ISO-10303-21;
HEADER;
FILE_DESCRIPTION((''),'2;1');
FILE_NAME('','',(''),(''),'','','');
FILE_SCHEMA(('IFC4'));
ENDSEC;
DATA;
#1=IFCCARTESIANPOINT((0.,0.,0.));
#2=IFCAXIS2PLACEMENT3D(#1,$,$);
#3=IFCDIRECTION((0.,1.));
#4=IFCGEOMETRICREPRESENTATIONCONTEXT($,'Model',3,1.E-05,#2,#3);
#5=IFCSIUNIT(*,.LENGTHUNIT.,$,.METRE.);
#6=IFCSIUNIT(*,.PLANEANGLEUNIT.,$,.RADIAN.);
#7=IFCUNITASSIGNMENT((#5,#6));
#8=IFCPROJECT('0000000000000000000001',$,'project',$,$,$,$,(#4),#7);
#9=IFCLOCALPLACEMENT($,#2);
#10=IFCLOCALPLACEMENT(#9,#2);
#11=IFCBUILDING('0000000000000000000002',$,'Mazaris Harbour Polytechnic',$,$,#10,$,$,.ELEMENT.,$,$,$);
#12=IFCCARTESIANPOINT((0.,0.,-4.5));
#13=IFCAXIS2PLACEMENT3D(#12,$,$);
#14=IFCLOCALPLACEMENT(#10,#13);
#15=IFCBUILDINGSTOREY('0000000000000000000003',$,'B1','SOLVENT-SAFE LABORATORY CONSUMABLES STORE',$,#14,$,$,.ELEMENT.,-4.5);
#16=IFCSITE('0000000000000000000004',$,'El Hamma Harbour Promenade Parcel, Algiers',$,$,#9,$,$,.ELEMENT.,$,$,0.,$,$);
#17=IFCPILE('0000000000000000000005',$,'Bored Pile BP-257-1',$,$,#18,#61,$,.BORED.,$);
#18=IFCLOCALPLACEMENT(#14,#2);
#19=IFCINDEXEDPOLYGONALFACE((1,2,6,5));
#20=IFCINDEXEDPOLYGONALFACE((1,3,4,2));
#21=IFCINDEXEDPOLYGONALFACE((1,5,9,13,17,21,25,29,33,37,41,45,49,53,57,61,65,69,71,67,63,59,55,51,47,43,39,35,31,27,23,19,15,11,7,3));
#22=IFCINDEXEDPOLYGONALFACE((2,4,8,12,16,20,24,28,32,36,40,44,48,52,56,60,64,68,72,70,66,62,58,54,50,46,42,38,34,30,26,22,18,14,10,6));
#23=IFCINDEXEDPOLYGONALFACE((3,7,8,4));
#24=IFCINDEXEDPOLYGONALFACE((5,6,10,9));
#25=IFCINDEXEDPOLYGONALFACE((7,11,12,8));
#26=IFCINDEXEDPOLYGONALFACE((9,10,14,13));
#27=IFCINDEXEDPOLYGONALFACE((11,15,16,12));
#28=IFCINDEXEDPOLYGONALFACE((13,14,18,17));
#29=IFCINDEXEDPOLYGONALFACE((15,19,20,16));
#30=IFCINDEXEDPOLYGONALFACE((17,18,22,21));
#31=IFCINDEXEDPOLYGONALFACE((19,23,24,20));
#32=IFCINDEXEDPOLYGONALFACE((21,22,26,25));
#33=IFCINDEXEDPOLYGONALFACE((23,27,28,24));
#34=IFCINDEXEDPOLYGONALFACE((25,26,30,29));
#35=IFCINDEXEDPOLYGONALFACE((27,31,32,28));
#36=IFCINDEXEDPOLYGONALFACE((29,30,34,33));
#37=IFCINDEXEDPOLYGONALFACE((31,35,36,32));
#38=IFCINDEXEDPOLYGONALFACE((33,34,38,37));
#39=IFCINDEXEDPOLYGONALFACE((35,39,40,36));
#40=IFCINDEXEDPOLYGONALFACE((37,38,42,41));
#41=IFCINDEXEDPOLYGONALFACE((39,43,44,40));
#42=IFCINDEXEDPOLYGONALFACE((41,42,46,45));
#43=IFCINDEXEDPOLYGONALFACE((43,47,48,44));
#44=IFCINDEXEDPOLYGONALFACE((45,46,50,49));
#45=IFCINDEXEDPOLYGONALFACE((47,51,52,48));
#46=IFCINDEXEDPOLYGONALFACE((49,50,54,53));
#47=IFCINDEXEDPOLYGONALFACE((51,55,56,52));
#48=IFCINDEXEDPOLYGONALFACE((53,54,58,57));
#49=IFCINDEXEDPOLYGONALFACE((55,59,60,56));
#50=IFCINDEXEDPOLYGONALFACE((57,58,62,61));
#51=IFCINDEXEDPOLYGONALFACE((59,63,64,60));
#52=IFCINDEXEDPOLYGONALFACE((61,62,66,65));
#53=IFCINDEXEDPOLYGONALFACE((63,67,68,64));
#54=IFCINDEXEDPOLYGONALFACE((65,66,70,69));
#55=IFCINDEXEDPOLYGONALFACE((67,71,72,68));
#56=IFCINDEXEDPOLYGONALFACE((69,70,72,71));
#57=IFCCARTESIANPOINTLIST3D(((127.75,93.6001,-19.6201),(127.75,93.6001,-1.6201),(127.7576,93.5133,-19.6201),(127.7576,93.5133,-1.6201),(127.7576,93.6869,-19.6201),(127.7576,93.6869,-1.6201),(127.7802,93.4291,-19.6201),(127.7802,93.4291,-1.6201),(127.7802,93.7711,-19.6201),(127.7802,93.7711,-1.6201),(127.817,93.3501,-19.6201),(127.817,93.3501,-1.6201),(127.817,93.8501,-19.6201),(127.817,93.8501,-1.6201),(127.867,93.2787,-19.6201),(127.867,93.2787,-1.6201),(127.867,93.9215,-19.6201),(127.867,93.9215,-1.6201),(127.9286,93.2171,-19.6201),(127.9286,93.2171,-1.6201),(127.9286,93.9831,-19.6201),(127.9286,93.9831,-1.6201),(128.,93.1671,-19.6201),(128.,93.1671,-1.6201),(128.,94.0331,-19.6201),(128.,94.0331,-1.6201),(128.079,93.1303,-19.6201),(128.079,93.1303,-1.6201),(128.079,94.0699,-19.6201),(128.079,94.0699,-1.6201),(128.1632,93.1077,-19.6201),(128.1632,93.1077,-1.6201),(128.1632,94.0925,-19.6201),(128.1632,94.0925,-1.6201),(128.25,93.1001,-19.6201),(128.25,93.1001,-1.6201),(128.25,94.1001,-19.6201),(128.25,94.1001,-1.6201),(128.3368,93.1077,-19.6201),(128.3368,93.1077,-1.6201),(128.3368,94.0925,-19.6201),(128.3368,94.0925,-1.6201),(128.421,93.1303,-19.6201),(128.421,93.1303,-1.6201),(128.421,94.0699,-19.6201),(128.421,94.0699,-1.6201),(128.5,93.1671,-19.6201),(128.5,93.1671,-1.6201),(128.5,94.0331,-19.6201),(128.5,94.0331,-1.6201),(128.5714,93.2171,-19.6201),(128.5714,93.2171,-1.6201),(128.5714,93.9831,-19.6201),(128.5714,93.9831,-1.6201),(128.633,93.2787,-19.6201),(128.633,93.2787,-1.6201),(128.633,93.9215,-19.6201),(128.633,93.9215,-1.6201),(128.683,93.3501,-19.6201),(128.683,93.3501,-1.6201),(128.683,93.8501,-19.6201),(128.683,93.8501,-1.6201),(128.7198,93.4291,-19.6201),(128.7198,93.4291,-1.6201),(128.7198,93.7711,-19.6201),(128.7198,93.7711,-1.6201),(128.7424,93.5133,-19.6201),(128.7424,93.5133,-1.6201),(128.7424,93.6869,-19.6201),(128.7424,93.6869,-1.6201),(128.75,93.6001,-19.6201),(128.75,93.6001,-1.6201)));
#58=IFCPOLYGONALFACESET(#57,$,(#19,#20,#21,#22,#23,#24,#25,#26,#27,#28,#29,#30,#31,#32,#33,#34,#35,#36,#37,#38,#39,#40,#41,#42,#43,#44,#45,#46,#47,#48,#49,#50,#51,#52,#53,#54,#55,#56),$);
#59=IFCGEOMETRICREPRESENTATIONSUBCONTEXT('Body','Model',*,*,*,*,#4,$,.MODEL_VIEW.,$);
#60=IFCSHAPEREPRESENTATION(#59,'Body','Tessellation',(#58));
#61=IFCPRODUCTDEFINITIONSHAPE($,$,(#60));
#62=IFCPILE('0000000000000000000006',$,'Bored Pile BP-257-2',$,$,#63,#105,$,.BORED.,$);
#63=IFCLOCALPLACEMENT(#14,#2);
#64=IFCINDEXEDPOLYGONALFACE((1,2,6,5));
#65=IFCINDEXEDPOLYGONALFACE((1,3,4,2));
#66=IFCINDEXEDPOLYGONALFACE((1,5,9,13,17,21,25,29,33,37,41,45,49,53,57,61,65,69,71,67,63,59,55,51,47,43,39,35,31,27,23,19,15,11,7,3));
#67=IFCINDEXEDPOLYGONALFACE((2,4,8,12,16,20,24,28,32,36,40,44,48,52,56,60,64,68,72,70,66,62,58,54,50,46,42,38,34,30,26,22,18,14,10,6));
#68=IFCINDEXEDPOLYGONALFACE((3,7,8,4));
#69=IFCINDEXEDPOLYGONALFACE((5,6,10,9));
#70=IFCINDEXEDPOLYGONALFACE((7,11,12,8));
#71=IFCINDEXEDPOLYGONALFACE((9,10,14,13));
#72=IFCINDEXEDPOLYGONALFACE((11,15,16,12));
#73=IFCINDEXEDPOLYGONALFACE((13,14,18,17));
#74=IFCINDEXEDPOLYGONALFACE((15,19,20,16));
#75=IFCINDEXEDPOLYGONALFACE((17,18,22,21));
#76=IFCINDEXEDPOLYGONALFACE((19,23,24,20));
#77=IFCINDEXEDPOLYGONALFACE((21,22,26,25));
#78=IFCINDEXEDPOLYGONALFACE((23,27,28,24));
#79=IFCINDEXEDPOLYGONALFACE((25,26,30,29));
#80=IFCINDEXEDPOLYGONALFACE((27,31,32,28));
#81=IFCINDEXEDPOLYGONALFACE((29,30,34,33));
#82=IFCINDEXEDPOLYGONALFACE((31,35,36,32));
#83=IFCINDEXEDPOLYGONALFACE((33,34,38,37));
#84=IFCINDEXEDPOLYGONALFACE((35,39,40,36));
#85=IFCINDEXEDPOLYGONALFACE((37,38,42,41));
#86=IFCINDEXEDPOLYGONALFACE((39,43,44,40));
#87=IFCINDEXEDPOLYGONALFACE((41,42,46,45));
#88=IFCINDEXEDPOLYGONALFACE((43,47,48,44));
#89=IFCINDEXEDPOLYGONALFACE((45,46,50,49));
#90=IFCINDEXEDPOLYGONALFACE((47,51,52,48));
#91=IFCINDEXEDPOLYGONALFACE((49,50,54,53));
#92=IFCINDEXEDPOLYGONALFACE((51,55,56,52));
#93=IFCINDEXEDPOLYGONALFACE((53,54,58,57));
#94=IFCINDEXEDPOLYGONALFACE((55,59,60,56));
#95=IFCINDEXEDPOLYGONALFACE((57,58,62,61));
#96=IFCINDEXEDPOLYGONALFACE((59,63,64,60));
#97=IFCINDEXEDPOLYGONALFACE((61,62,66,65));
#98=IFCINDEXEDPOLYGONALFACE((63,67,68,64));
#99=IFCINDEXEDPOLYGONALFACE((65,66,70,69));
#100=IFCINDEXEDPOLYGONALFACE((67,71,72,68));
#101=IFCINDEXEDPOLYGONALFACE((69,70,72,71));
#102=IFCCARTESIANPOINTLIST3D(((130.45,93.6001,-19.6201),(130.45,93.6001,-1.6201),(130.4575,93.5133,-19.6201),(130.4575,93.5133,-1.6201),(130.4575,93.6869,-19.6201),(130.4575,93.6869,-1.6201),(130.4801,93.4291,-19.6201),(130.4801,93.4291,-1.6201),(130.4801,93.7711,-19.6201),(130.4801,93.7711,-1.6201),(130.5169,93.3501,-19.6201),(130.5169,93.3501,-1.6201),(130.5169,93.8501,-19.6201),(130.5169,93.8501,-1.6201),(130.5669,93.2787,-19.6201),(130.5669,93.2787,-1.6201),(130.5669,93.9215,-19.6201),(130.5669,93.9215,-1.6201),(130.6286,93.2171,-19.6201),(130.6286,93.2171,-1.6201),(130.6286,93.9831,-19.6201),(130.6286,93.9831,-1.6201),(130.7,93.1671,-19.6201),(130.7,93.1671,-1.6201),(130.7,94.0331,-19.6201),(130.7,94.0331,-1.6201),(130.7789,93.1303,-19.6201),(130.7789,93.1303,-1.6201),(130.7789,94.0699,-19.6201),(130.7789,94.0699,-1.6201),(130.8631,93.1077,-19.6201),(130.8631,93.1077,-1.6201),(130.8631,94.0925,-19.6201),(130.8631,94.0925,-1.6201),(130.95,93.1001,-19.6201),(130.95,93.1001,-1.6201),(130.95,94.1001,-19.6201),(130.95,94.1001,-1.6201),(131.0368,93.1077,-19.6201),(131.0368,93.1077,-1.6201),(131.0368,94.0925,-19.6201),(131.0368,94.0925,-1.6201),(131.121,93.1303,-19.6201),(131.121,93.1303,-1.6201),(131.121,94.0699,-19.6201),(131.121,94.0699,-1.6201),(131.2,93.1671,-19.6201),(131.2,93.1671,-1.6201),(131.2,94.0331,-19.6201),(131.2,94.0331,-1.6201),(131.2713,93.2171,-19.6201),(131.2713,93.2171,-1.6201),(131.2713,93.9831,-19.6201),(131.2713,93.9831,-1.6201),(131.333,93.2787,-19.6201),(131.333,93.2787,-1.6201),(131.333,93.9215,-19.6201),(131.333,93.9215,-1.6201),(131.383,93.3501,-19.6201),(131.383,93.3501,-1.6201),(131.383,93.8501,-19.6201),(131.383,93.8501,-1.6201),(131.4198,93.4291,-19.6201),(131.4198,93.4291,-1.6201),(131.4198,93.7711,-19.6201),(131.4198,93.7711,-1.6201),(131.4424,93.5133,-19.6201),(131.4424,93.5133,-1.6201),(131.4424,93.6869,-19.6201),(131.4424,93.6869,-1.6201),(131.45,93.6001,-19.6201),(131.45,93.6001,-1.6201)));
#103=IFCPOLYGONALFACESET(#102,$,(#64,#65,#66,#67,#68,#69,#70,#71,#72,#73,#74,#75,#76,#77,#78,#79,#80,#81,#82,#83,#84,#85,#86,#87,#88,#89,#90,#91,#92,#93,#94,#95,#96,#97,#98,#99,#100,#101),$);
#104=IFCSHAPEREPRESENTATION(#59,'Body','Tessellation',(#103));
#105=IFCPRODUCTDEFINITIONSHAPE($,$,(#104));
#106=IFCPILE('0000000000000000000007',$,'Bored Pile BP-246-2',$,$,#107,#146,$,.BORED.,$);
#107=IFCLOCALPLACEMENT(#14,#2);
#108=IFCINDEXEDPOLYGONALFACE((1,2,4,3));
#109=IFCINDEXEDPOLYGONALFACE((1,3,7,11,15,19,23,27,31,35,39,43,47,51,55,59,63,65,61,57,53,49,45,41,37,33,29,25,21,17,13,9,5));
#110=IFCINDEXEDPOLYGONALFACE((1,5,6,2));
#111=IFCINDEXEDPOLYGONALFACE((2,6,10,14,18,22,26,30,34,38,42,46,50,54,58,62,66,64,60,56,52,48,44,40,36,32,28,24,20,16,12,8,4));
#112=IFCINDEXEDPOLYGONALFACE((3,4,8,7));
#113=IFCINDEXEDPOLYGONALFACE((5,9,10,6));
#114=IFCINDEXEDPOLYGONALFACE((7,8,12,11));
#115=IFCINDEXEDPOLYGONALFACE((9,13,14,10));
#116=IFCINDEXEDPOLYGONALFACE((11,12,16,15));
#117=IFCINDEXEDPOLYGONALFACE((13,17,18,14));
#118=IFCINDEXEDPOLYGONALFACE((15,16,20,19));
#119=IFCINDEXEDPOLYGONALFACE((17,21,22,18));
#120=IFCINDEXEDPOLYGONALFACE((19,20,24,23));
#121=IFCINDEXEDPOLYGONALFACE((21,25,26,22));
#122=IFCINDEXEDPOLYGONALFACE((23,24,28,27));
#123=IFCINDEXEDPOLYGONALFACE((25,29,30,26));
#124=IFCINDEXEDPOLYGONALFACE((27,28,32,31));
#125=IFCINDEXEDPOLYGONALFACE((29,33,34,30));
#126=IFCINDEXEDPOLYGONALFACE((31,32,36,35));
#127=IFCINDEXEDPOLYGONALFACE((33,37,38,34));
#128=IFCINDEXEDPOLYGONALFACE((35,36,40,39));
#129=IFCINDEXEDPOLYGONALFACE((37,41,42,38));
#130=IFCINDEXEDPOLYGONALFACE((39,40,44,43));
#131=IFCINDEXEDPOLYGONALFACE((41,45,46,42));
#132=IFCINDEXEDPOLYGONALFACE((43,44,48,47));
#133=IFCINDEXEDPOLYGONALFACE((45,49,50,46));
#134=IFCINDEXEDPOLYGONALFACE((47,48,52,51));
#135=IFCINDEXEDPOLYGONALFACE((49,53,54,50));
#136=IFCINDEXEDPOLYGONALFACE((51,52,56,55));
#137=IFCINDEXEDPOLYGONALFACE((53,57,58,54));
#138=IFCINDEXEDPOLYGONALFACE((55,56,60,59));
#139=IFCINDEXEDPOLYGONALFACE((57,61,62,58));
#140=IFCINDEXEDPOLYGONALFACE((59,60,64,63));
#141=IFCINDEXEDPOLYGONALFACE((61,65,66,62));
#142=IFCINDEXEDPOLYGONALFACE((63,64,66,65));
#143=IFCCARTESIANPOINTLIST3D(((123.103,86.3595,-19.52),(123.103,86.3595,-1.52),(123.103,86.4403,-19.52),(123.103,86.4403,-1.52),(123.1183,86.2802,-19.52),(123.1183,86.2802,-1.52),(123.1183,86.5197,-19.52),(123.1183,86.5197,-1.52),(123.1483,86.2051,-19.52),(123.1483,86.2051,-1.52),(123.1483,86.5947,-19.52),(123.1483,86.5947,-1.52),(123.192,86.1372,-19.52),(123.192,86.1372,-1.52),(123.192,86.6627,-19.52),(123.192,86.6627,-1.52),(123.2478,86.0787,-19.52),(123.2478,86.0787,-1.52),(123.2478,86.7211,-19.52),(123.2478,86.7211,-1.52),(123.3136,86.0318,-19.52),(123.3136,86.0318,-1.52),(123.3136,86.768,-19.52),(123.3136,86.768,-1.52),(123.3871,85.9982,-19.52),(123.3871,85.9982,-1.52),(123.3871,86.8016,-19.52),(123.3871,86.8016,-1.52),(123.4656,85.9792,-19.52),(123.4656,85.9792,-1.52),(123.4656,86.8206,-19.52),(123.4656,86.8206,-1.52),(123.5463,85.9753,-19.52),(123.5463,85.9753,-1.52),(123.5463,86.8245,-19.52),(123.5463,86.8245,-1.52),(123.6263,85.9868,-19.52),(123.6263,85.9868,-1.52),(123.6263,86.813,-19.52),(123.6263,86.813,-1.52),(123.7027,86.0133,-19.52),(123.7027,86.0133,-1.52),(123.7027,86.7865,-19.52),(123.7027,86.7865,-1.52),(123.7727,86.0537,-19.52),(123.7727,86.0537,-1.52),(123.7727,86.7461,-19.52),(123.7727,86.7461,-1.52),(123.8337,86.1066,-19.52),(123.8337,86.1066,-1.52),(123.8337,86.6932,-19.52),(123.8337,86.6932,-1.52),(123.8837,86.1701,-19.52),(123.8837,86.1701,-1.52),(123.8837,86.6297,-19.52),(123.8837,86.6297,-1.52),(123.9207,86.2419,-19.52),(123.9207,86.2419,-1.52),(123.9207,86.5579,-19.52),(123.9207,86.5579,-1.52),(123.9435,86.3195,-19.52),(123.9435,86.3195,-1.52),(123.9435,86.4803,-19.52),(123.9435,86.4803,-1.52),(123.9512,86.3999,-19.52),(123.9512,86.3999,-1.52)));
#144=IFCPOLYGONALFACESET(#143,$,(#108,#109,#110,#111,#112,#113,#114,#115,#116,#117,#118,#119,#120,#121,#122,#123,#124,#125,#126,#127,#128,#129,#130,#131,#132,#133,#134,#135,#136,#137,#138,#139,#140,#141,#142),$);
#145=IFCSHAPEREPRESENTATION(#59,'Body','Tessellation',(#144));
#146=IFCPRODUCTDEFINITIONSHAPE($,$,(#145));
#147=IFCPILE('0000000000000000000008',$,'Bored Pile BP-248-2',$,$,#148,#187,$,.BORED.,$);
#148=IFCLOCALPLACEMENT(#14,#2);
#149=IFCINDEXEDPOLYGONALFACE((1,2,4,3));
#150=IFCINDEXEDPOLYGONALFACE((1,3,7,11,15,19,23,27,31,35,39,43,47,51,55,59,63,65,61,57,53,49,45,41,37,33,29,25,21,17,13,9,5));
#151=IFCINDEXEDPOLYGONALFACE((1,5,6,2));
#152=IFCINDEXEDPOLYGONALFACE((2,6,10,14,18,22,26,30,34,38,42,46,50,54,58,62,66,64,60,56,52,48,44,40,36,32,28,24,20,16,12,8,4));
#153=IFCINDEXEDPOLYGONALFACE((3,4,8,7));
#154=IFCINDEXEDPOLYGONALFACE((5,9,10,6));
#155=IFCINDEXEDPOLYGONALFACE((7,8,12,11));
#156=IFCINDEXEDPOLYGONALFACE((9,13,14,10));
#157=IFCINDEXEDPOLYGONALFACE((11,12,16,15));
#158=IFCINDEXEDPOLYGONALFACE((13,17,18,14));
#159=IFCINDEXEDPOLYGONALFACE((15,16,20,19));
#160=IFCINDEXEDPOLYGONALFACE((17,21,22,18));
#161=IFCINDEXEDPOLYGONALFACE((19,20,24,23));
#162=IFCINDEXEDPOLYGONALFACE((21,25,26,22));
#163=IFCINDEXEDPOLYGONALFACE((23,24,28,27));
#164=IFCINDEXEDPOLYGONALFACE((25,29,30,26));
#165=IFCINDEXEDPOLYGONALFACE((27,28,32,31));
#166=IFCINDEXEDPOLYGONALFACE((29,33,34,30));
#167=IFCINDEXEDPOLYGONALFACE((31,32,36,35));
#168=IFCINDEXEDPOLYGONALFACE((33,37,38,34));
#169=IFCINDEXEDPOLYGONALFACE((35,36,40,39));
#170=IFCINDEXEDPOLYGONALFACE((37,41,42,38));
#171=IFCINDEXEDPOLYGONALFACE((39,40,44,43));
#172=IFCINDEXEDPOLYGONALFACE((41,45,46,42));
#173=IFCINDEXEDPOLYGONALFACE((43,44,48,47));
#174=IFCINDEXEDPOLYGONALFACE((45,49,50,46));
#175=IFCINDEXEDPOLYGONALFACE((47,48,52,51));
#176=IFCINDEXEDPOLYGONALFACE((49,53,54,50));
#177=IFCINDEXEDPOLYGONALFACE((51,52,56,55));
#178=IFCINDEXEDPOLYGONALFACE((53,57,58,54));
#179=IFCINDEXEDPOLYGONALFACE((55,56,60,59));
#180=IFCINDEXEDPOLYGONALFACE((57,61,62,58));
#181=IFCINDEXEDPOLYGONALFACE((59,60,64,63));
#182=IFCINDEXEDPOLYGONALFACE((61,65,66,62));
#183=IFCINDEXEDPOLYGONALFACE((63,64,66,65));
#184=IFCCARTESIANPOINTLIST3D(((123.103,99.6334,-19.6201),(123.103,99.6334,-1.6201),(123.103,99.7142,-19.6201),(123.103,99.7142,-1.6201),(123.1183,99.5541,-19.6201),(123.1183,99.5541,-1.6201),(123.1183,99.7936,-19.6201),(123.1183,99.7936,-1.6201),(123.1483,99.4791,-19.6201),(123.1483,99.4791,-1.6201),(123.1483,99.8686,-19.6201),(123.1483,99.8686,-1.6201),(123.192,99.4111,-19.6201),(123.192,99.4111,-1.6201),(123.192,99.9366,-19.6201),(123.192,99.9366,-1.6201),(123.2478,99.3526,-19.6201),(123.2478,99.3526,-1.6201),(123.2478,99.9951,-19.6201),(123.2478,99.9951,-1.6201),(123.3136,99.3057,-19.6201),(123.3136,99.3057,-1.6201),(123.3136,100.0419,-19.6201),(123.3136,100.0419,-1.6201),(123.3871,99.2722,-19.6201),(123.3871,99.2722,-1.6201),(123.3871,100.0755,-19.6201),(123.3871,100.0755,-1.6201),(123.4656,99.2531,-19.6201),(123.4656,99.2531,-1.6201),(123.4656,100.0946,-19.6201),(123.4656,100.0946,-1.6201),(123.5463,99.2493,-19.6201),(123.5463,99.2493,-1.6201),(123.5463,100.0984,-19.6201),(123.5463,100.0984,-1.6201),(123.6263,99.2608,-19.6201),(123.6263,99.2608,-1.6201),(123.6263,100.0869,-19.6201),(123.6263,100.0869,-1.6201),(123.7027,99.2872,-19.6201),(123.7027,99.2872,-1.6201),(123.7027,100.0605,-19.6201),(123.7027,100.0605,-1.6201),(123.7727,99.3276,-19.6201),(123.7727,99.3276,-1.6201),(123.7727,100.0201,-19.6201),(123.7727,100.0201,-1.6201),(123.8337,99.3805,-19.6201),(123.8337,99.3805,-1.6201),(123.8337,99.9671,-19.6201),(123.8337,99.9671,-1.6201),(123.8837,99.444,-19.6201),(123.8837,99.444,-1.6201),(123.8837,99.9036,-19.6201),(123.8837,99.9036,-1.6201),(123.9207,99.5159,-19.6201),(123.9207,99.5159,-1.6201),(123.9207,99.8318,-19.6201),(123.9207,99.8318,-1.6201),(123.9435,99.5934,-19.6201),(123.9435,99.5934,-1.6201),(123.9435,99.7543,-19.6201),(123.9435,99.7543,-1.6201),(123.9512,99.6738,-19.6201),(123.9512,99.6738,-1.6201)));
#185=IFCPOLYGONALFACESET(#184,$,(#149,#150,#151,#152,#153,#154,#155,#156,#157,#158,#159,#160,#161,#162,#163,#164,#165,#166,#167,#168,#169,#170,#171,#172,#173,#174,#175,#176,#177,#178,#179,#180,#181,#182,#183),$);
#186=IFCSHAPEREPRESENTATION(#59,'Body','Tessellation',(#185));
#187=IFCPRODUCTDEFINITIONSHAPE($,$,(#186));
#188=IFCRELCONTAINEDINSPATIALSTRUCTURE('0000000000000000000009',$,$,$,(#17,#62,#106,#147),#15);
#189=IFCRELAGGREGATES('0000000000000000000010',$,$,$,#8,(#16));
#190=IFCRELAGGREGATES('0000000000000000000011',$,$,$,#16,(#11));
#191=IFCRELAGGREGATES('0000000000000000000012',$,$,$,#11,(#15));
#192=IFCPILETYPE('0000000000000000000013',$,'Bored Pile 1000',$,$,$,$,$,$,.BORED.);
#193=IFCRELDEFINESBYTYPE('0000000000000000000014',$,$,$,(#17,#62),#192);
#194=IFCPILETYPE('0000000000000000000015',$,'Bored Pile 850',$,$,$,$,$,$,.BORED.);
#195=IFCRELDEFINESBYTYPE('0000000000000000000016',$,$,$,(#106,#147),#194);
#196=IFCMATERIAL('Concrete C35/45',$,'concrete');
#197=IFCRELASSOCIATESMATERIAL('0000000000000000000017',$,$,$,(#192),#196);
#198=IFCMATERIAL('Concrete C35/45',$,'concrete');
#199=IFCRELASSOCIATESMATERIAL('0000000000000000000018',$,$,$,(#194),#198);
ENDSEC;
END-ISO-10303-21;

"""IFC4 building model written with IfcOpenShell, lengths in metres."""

from ifc_helpers import new_model, si_unit, direction, frame, origin, origin_2d, place, context, subcontext, project, spatial, circle, extrude, material, material_profile, profile_set, type_object, element, save


model = new_model("IFC4")

# Units and contexts
model_context = context("Model", 3, precision=1e-05, world=origin(), true_north=direction((0.0, 1.0)))
body_context = subcontext(model_context, "Body", "Model", "MODEL_VIEW")
ifc_project = project(units=[si_unit("LENGTHUNIT", "METRE"), si_unit("PLANEANGLEUNIT", "RADIAN")], contexts=[model_context])

# Site, building, storey
site_placement = place(None, origin())
site = spatial("IfcSite", under=ifc_project, at=site_placement, Name="El Hamma Harbour Promenade Parcel, Algiers", CompositionType="ELEMENT", RefElevation=0.0)
building_placement = place(site_placement, origin())
building = spatial("IfcBuilding", under=site, at=building_placement, Name="Mazaris Harbour Polytechnic", CompositionType="ELEMENT")
storey_placement = place(building_placement, frame((0.0, 0.0, -4.5)))
storey = spatial("IfcBuildingStorey", under=building, at=storey_placement, Name="B1", Description="SOLVENT-SAFE LABORATORY CONSUMABLES STORE", CompositionType="ELEMENT", Elevation=-4.5)

# Piles
ifc_material_1 = material(Name="Concrete C35/45", Category="concrete")
ifc_material_profile_1 = material_profile(ifc_material_1, circle(Radius=0.5, at=origin_2d()), Name="DIA1000")
ifc_profile_set_1 = profile_set([ifc_material_profile_1], Name="Concrete C35/45")
pile_type_1 = type_object("IfcPileType", Name="Bored Pile 1000", PredefinedType="BORED", material=ifc_profile_set_1)
for number, where, z_axis, x_axis, name in (
    (1, (128.25, 93.6001, -1.6201), (0.0, 0.0, -1.0), (1.0, 0.0, 0.0), "Bored Pile BP-257-1"),
    (2, (130.95, 93.6001, -1.6201), (0.0, 0.0, -1.0), (1.0, 0.0, 0.0), "Bored Pile BP-257-2"),
):
    element("IfcPile", number, at=place(storey_placement, frame(where, z_axis=z_axis, x_axis=x_axis)), inside=storey, type_object=pile_type_1, Name=name, PredefinedType="BORED", context=body_context, shape_type="SweptSolid", body=[
        extrude(circle(Radius=0.5, at=origin_2d()), origin(), (0.0, 0.0, 1.0), 18.0),
    ])
ifc_material_2 = material(Name="Concrete C35/45", Category="concrete")
ifc_material_profile_2 = material_profile(ifc_material_2, circle(Radius=0.425, at=origin_2d()), Name="DIA850")
ifc_profile_set_2 = profile_set([ifc_material_profile_2], Name="Concrete C35/45")
pile_type_2 = type_object("IfcPileType", Name="Bored Pile 850", PredefinedType="BORED", material=ifc_profile_set_2)
for number, where, z_axis, x_axis, name in (
    (3, (123.5261, 86.3999, -1.52), (0.0, 0.0, -1.0), (1.0, 0.0, 0.0), "Bored Pile BP-246-2"),
    (4, (123.5261, 99.6738, -1.6201), (0.0, 0.0, -1.0), (1.0, 0.0, 0.0), "Bored Pile BP-248-2"),
):
    element("IfcPile", number, at=place(storey_placement, frame(where, z_axis=z_axis, x_axis=x_axis)), inside=storey, type_object=pile_type_2, Name=name, PredefinedType="BORED", context=body_context, shape_type="SweptSolid", body=[
        extrude(circle(Radius=0.425, at=origin_2d()), origin(), (0.0, 0.0, 1.0), 18.0),
    ])

save(model, "model.ifc")
